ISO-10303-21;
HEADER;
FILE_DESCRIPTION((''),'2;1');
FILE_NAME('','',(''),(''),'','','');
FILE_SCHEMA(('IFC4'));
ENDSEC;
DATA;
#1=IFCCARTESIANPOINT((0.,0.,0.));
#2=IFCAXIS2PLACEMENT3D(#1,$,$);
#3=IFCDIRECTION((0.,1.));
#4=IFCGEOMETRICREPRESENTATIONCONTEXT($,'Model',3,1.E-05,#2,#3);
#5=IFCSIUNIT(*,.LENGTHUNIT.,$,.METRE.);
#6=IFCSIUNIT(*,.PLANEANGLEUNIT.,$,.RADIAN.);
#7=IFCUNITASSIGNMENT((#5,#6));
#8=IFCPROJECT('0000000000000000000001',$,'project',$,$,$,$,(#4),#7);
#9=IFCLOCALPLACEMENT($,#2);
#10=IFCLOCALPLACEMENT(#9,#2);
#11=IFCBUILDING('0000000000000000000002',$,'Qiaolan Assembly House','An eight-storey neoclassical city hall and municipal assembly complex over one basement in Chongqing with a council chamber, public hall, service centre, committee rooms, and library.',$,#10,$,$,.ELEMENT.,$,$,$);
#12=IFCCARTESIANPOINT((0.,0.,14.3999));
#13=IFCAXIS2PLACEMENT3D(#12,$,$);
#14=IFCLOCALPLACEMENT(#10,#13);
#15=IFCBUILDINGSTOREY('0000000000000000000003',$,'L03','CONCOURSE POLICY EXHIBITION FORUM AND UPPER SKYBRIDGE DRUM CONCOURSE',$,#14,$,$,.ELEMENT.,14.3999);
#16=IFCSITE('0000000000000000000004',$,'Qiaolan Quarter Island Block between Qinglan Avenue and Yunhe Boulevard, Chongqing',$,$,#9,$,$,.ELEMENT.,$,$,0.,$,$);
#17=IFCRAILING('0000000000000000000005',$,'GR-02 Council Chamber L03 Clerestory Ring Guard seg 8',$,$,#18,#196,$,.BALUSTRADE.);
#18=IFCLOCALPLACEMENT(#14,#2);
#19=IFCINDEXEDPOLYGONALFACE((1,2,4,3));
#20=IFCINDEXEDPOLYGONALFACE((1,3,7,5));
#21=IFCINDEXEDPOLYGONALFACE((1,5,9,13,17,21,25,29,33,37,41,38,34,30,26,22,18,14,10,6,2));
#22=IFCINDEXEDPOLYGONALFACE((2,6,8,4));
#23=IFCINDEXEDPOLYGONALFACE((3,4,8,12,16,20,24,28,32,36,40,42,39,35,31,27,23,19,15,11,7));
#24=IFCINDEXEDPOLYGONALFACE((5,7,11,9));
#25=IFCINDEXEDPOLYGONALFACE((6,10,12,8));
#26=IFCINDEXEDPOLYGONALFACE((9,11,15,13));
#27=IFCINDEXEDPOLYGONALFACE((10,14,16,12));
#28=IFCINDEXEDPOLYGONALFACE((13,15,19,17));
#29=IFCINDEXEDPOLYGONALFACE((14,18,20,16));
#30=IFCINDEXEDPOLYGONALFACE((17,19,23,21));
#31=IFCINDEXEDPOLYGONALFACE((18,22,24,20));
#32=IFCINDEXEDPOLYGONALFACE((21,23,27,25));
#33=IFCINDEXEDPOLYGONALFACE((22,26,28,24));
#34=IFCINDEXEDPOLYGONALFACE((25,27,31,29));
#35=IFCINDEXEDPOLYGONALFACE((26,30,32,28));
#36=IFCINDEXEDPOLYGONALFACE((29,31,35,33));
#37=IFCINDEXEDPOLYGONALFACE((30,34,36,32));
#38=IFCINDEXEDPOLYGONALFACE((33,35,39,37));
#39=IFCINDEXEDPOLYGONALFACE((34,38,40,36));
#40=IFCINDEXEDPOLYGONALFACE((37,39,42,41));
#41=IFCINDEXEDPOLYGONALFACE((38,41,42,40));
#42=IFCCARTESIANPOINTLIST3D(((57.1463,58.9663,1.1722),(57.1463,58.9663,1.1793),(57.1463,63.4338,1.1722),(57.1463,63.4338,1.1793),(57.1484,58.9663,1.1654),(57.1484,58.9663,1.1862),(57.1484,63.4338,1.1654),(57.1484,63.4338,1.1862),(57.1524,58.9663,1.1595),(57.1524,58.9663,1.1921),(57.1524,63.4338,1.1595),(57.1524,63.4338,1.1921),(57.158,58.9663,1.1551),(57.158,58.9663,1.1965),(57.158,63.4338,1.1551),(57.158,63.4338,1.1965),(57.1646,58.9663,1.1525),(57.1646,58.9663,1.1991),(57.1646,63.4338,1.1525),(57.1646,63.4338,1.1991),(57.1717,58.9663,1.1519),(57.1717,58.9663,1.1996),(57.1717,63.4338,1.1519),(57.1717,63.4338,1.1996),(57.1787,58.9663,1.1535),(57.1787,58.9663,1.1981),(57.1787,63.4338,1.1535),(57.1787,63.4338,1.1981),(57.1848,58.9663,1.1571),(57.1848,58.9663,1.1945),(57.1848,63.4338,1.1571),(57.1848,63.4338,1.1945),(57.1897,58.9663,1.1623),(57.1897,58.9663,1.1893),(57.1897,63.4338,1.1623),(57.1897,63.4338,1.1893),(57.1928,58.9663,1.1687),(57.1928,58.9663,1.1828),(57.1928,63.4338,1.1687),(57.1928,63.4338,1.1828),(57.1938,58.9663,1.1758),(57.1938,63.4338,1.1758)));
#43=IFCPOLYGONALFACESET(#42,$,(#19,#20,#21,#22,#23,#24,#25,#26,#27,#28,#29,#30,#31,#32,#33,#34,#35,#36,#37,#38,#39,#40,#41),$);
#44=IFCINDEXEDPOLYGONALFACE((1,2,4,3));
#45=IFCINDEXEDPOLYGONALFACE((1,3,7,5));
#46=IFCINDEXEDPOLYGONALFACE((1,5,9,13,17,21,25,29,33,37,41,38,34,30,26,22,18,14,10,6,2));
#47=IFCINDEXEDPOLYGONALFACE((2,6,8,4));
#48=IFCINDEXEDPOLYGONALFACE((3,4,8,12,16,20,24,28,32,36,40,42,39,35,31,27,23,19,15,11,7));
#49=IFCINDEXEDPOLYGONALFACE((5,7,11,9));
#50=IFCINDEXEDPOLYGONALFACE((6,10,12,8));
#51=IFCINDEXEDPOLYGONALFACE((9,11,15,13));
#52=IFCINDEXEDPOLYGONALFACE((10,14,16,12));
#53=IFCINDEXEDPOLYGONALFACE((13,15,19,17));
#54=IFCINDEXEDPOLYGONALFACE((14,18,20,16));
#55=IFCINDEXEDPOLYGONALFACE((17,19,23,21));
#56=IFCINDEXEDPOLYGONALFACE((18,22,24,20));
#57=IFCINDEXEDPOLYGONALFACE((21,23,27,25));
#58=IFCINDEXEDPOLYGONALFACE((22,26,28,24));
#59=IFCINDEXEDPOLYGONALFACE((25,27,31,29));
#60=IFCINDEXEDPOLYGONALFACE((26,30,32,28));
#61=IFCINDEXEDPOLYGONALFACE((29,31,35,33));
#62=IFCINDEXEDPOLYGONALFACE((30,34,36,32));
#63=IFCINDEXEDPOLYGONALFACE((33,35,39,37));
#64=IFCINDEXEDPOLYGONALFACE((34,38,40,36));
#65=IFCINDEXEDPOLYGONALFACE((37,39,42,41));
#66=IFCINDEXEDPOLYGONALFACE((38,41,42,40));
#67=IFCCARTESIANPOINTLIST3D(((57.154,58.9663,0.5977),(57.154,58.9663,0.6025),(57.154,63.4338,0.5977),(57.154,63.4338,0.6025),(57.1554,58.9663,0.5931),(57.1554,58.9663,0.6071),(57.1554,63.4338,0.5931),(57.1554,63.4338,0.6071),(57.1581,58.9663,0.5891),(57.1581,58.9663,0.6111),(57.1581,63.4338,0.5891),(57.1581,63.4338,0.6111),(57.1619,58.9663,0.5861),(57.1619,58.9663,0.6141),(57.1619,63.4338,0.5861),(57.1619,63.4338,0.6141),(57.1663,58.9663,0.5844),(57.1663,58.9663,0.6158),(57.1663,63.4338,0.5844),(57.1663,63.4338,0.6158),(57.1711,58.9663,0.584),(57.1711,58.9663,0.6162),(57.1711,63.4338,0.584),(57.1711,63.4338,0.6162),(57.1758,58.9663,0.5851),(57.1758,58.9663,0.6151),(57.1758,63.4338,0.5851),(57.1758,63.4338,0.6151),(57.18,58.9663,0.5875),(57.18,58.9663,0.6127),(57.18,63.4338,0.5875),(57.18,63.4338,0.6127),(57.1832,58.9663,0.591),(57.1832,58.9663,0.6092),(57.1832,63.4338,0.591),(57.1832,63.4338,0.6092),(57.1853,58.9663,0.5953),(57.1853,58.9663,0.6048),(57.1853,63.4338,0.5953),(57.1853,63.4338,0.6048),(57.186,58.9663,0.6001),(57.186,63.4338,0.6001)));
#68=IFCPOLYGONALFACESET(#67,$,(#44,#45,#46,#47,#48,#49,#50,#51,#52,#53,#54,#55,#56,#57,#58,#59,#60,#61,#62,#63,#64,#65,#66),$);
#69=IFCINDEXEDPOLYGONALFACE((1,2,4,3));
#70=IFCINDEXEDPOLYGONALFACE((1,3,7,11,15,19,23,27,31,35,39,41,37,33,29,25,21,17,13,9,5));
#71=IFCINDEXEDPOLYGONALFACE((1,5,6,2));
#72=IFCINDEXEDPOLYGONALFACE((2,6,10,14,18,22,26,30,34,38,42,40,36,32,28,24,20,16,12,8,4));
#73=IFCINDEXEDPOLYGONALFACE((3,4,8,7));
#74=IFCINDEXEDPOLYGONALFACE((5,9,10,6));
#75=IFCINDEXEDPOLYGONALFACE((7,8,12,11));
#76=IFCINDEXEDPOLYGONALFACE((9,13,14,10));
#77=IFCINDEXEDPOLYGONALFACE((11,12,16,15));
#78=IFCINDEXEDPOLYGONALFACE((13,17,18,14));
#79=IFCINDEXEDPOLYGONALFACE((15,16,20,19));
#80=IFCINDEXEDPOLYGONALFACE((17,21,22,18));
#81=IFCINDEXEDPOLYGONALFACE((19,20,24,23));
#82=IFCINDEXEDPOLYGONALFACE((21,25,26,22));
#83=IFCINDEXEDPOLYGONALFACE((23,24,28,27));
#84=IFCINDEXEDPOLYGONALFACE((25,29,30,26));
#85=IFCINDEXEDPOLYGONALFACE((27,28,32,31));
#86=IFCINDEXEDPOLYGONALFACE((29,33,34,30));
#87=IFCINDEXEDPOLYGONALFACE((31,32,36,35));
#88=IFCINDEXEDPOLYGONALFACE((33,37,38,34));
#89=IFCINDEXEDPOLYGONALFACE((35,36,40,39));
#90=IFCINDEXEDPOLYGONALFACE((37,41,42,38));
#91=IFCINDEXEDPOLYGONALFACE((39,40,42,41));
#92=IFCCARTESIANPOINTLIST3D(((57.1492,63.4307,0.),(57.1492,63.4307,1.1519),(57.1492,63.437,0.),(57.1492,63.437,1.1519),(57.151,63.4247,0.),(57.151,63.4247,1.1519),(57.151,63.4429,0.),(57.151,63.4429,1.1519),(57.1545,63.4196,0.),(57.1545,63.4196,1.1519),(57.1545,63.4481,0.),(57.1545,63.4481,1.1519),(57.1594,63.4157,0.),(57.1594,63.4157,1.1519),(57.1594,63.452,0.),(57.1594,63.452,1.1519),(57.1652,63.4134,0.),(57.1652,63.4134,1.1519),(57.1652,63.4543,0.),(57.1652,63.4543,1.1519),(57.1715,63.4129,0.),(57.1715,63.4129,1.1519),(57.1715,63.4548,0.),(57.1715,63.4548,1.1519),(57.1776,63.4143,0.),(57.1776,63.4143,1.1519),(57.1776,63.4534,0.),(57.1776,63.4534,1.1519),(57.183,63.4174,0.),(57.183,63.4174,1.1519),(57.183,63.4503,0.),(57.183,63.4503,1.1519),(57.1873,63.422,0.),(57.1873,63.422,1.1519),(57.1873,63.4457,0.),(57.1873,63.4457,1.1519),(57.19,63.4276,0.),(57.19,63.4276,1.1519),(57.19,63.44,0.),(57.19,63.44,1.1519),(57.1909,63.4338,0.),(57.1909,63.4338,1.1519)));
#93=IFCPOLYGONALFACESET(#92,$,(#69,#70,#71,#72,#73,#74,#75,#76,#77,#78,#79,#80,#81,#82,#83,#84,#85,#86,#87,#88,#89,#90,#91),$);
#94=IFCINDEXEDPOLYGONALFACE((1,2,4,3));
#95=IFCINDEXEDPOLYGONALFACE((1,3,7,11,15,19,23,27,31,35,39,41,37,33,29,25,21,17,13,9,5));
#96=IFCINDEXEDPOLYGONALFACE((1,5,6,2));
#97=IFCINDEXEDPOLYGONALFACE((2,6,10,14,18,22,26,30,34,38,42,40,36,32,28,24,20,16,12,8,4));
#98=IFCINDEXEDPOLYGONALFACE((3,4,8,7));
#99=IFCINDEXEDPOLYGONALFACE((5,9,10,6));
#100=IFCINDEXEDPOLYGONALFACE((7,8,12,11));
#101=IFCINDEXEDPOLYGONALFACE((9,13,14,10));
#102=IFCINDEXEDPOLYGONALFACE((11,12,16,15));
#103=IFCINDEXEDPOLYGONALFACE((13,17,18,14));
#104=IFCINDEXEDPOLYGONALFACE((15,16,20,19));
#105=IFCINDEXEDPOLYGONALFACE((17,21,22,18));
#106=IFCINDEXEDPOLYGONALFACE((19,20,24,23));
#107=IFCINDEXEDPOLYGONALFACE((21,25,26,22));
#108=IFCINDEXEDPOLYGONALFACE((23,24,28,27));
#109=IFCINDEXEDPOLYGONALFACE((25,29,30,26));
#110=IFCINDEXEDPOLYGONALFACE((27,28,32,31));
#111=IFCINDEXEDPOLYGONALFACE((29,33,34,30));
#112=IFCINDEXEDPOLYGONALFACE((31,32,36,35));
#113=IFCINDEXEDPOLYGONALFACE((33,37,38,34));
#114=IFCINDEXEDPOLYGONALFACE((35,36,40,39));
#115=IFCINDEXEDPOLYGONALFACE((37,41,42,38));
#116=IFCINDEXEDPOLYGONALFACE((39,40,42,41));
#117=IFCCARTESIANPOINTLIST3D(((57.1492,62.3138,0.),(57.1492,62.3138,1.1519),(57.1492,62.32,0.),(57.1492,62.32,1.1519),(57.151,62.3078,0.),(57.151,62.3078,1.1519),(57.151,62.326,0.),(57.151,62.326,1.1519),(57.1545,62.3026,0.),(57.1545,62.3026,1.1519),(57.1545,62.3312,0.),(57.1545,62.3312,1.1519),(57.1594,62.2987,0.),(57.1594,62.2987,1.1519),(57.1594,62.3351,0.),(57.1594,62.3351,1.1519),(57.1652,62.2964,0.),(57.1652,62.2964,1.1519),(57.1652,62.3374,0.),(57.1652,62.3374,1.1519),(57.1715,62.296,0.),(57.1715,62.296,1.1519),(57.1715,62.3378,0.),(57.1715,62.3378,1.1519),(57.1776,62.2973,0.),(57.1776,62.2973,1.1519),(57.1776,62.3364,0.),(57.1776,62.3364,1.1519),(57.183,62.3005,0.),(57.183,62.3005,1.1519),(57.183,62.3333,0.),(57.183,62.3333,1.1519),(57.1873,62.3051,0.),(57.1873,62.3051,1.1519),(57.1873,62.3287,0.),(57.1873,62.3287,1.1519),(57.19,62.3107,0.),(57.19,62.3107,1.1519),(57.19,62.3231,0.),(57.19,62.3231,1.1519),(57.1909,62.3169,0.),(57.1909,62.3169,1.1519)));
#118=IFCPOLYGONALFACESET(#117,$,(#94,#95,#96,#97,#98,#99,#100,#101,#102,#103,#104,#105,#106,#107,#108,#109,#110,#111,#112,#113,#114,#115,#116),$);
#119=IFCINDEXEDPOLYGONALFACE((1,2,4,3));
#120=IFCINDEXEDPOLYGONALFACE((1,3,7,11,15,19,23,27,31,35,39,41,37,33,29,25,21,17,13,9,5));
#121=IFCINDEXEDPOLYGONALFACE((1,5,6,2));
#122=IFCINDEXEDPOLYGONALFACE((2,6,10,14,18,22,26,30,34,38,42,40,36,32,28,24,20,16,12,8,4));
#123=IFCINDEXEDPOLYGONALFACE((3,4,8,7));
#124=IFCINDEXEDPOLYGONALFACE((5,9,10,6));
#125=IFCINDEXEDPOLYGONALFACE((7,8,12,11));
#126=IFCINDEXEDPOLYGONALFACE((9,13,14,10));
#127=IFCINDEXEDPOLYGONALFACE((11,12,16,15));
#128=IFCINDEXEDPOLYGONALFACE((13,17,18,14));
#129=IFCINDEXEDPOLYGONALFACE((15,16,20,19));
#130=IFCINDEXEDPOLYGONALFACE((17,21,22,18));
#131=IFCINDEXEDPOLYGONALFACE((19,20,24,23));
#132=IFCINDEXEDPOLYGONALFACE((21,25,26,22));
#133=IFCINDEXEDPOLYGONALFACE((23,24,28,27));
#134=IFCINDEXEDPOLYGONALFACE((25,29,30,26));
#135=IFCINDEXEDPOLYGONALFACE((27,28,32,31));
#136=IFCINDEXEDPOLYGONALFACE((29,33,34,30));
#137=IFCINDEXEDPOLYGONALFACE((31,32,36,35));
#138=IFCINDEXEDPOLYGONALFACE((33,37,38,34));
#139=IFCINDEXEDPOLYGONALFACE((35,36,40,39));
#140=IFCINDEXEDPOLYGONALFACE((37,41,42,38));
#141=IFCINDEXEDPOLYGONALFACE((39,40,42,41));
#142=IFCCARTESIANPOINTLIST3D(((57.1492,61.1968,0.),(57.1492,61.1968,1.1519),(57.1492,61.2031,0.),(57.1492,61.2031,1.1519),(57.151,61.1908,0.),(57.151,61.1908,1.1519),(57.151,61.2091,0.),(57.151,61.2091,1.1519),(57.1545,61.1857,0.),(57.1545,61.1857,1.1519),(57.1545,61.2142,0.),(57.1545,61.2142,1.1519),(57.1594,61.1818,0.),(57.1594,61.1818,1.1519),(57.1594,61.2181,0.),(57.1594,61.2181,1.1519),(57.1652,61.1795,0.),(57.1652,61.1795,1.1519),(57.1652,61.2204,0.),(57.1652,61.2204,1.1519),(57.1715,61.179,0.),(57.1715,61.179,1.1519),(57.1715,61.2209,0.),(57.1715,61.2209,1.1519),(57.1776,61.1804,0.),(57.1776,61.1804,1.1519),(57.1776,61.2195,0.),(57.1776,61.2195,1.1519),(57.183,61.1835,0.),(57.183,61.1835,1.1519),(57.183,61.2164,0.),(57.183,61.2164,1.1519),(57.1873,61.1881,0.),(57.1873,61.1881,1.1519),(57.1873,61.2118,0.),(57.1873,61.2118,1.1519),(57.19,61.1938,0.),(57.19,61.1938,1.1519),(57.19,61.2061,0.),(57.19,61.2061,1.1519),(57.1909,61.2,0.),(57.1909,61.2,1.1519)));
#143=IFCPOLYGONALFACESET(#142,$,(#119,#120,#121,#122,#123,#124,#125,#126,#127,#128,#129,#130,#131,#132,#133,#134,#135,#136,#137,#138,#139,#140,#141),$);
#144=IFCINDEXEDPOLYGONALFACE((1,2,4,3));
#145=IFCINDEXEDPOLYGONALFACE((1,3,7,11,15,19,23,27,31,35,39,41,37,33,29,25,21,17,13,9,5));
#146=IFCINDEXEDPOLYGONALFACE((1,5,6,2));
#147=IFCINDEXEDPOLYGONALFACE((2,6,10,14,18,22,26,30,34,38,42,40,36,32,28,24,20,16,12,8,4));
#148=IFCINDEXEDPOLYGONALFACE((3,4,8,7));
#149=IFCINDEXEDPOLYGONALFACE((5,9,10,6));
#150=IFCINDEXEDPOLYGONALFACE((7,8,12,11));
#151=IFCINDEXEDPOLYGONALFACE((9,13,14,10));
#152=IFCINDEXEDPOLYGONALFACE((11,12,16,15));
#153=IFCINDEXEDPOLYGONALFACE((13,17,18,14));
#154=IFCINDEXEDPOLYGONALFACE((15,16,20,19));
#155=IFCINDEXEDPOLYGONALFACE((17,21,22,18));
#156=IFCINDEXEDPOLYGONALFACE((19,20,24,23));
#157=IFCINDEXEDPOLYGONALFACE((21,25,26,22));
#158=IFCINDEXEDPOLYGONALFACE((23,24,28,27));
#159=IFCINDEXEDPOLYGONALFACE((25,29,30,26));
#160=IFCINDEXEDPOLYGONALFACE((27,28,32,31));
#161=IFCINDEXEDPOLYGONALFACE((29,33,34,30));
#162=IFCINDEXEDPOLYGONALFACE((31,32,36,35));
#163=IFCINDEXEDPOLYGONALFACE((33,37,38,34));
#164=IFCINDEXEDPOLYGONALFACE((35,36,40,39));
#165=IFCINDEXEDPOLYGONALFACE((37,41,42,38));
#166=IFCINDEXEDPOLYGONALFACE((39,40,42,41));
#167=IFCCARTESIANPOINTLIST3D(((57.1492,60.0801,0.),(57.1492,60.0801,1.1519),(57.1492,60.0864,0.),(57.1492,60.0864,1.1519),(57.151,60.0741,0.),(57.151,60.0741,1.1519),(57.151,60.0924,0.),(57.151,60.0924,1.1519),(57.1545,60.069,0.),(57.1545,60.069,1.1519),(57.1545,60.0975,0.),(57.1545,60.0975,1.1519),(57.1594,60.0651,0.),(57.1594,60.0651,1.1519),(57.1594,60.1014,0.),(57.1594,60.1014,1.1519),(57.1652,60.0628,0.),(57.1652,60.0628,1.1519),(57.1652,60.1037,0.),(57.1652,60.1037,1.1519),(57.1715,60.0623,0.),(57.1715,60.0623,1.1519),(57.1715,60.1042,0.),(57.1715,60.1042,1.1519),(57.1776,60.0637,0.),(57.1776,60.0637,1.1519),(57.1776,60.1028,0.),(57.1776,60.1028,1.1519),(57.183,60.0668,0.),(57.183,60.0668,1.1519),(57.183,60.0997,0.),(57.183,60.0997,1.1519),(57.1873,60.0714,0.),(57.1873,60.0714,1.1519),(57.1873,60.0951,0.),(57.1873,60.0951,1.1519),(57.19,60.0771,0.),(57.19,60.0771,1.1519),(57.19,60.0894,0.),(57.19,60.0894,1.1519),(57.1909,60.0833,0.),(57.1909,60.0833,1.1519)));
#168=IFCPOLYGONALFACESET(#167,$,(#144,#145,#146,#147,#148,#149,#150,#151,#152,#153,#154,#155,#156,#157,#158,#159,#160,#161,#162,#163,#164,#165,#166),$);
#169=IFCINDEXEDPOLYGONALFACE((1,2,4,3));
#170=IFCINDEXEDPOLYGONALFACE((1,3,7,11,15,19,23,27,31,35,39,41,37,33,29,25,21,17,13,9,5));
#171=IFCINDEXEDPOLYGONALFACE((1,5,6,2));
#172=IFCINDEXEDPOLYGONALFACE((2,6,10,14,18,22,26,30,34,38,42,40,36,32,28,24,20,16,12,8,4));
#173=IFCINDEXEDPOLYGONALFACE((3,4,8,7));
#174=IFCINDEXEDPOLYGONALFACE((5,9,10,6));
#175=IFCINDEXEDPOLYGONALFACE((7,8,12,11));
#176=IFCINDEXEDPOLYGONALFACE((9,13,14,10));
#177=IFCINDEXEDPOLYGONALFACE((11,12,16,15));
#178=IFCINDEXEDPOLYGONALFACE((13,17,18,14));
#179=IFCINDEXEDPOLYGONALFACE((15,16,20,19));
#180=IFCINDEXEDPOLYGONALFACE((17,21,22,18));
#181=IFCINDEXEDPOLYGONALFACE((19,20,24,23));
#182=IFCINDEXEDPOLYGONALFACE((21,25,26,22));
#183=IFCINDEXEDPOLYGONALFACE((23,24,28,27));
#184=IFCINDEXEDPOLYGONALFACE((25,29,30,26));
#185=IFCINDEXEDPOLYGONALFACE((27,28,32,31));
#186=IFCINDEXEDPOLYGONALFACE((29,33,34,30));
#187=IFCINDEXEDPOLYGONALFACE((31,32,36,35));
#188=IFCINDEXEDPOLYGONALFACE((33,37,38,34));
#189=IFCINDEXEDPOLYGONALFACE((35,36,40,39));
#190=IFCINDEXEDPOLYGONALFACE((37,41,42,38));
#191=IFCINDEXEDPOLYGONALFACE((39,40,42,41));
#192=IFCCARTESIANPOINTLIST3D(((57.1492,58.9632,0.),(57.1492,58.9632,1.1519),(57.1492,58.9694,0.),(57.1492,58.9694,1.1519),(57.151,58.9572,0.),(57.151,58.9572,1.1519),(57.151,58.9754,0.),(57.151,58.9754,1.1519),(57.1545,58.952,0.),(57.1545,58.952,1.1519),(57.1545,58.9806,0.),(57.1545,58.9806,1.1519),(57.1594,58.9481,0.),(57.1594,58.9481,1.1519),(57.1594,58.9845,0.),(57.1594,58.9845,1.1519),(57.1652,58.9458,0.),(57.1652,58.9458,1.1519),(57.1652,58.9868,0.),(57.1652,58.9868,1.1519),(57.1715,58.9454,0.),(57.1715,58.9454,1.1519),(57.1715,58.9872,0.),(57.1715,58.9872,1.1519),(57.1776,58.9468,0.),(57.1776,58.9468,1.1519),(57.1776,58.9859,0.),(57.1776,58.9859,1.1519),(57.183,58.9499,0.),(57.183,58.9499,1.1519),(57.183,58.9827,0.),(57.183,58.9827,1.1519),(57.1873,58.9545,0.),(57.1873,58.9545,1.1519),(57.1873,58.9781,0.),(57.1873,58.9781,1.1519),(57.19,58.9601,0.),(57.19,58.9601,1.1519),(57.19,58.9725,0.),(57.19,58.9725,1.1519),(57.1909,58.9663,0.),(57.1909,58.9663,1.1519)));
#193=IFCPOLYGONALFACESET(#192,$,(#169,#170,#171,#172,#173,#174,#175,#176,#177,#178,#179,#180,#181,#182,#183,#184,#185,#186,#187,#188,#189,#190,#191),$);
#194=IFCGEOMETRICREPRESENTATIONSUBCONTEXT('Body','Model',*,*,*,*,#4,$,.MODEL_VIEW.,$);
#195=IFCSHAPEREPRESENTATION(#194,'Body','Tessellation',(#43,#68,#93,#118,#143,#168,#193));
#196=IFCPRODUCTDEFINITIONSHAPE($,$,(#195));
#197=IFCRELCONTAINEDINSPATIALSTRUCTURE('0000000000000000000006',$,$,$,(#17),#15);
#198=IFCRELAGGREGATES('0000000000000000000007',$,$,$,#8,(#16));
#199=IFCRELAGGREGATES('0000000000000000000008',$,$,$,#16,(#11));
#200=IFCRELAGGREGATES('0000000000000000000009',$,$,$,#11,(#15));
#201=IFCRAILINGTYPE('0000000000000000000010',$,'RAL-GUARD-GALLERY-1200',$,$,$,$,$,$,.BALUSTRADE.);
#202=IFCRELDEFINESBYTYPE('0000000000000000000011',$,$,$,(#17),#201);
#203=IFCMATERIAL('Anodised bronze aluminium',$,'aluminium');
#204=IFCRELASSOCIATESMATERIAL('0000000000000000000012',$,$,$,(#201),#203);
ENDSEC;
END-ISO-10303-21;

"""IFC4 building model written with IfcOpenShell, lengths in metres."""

from ifc_helpers import new_model, si_unit, direction, frame, origin, origin_2d, place, context, subcontext, project, spatial, circle, extrude, material, type_object, element, save


model = new_model("IFC4")

# Units and contexts
model_context = context("Model", 3, precision=1e-05, world=origin(), true_north=direction((0.0, 1.0)))
body_context = subcontext(model_context, "Body", "Model", "MODEL_VIEW")
ifc_project = project(units=[si_unit("LENGTHUNIT", "METRE"), si_unit("PLANEANGLEUNIT", "RADIAN")], contexts=[model_context])

# Site, building, storey
site_placement = place(None, origin())
site = spatial("IfcSite", under=ifc_project, at=site_placement, Name="Qiaolan Quarter Island Block between Qinglan Avenue and Yunhe Boulevard, Chongqing", CompositionType="ELEMENT", RefElevation=0.0)
building_placement = place(site_placement, origin())
building = spatial("IfcBuilding", under=site, at=building_placement, Name="Qiaolan Assembly House", Description="An eight-storey neoclassical city hall and municipal assembly complex over one basement in Chongqing with a council chamber, public hall, service centre, committee rooms, and library.", CompositionType="ELEMENT")
storey_placement = place(building_placement, frame((0.0, 0.0, 14.3999)))
storey = spatial("IfcBuildingStorey", under=building, at=storey_placement, Name="L03", Description="CONCOURSE POLICY EXHIBITION FORUM AND UPPER SKYBRIDGE DRUM CONCOURSE", CompositionType="ELEMENT", Elevation=14.3999)

# Shared definitions
ifc_material_1 = material(Name="Anodised bronze aluminium", Category="aluminium")

# Railing
railing_type = type_object("IfcRailingType", Name="RAL-GUARD-GALLERY-1200", PredefinedType="BALUSTRADE", material=ifc_material_1)
railing_1_placement = place(storey_placement, frame((57.1699, 63.4338, 0.0)))
element("IfcRailing", 1, at=railing_1_placement, inside=storey, type_object=railing_type, Name="GR-02 Council Chamber L03 Clerestory Ring Guard seg 8", PredefinedType="BALUSTRADE", context=body_context, shape_type="SweptSolid", body=[
    extrude(circle(Radius=0.0239, at=origin_2d()), frame((0.0, 0.0, 1.1758), z_axis=(0.0, -1.0, 0.0), x_axis=(1.0, 0.0, 0.0)), (0.0, 0.0, 1.0), 4.4675),
    extrude(circle(Radius=0.0161, at=origin_2d()), frame((0.0, 0.0, 0.6001), z_axis=(0.0, -1.0, 0.0), x_axis=(1.0, 0.0, 0.0)), (0.0, 0.0, 1.0), 4.4675),
    extrude(circle(Radius=0.021, at=origin_2d()), origin(), (0.0, 0.0, 1.0), 1.1519),
    extrude(circle(Radius=0.021, at=origin_2d()), frame((0.0, -1.1169, 0.0)), (0.0, 0.0, 1.0), 1.1519),
    extrude(circle(Radius=0.021, at=origin_2d()), frame((0.0, -2.2339, 0.0)), (0.0, 0.0, 1.0), 1.1519),
    extrude(circle(Radius=0.021, at=origin_2d()), frame((0.0, -3.3506, 0.0)), (0.0, 0.0, 1.0), 1.1519),
    extrude(circle(Radius=0.021, at=origin_2d()), frame((0.0, -4.4675, 0.0)), (0.0, 0.0, 1.0), 1.1519),
])

save(model, "model.ifc")
